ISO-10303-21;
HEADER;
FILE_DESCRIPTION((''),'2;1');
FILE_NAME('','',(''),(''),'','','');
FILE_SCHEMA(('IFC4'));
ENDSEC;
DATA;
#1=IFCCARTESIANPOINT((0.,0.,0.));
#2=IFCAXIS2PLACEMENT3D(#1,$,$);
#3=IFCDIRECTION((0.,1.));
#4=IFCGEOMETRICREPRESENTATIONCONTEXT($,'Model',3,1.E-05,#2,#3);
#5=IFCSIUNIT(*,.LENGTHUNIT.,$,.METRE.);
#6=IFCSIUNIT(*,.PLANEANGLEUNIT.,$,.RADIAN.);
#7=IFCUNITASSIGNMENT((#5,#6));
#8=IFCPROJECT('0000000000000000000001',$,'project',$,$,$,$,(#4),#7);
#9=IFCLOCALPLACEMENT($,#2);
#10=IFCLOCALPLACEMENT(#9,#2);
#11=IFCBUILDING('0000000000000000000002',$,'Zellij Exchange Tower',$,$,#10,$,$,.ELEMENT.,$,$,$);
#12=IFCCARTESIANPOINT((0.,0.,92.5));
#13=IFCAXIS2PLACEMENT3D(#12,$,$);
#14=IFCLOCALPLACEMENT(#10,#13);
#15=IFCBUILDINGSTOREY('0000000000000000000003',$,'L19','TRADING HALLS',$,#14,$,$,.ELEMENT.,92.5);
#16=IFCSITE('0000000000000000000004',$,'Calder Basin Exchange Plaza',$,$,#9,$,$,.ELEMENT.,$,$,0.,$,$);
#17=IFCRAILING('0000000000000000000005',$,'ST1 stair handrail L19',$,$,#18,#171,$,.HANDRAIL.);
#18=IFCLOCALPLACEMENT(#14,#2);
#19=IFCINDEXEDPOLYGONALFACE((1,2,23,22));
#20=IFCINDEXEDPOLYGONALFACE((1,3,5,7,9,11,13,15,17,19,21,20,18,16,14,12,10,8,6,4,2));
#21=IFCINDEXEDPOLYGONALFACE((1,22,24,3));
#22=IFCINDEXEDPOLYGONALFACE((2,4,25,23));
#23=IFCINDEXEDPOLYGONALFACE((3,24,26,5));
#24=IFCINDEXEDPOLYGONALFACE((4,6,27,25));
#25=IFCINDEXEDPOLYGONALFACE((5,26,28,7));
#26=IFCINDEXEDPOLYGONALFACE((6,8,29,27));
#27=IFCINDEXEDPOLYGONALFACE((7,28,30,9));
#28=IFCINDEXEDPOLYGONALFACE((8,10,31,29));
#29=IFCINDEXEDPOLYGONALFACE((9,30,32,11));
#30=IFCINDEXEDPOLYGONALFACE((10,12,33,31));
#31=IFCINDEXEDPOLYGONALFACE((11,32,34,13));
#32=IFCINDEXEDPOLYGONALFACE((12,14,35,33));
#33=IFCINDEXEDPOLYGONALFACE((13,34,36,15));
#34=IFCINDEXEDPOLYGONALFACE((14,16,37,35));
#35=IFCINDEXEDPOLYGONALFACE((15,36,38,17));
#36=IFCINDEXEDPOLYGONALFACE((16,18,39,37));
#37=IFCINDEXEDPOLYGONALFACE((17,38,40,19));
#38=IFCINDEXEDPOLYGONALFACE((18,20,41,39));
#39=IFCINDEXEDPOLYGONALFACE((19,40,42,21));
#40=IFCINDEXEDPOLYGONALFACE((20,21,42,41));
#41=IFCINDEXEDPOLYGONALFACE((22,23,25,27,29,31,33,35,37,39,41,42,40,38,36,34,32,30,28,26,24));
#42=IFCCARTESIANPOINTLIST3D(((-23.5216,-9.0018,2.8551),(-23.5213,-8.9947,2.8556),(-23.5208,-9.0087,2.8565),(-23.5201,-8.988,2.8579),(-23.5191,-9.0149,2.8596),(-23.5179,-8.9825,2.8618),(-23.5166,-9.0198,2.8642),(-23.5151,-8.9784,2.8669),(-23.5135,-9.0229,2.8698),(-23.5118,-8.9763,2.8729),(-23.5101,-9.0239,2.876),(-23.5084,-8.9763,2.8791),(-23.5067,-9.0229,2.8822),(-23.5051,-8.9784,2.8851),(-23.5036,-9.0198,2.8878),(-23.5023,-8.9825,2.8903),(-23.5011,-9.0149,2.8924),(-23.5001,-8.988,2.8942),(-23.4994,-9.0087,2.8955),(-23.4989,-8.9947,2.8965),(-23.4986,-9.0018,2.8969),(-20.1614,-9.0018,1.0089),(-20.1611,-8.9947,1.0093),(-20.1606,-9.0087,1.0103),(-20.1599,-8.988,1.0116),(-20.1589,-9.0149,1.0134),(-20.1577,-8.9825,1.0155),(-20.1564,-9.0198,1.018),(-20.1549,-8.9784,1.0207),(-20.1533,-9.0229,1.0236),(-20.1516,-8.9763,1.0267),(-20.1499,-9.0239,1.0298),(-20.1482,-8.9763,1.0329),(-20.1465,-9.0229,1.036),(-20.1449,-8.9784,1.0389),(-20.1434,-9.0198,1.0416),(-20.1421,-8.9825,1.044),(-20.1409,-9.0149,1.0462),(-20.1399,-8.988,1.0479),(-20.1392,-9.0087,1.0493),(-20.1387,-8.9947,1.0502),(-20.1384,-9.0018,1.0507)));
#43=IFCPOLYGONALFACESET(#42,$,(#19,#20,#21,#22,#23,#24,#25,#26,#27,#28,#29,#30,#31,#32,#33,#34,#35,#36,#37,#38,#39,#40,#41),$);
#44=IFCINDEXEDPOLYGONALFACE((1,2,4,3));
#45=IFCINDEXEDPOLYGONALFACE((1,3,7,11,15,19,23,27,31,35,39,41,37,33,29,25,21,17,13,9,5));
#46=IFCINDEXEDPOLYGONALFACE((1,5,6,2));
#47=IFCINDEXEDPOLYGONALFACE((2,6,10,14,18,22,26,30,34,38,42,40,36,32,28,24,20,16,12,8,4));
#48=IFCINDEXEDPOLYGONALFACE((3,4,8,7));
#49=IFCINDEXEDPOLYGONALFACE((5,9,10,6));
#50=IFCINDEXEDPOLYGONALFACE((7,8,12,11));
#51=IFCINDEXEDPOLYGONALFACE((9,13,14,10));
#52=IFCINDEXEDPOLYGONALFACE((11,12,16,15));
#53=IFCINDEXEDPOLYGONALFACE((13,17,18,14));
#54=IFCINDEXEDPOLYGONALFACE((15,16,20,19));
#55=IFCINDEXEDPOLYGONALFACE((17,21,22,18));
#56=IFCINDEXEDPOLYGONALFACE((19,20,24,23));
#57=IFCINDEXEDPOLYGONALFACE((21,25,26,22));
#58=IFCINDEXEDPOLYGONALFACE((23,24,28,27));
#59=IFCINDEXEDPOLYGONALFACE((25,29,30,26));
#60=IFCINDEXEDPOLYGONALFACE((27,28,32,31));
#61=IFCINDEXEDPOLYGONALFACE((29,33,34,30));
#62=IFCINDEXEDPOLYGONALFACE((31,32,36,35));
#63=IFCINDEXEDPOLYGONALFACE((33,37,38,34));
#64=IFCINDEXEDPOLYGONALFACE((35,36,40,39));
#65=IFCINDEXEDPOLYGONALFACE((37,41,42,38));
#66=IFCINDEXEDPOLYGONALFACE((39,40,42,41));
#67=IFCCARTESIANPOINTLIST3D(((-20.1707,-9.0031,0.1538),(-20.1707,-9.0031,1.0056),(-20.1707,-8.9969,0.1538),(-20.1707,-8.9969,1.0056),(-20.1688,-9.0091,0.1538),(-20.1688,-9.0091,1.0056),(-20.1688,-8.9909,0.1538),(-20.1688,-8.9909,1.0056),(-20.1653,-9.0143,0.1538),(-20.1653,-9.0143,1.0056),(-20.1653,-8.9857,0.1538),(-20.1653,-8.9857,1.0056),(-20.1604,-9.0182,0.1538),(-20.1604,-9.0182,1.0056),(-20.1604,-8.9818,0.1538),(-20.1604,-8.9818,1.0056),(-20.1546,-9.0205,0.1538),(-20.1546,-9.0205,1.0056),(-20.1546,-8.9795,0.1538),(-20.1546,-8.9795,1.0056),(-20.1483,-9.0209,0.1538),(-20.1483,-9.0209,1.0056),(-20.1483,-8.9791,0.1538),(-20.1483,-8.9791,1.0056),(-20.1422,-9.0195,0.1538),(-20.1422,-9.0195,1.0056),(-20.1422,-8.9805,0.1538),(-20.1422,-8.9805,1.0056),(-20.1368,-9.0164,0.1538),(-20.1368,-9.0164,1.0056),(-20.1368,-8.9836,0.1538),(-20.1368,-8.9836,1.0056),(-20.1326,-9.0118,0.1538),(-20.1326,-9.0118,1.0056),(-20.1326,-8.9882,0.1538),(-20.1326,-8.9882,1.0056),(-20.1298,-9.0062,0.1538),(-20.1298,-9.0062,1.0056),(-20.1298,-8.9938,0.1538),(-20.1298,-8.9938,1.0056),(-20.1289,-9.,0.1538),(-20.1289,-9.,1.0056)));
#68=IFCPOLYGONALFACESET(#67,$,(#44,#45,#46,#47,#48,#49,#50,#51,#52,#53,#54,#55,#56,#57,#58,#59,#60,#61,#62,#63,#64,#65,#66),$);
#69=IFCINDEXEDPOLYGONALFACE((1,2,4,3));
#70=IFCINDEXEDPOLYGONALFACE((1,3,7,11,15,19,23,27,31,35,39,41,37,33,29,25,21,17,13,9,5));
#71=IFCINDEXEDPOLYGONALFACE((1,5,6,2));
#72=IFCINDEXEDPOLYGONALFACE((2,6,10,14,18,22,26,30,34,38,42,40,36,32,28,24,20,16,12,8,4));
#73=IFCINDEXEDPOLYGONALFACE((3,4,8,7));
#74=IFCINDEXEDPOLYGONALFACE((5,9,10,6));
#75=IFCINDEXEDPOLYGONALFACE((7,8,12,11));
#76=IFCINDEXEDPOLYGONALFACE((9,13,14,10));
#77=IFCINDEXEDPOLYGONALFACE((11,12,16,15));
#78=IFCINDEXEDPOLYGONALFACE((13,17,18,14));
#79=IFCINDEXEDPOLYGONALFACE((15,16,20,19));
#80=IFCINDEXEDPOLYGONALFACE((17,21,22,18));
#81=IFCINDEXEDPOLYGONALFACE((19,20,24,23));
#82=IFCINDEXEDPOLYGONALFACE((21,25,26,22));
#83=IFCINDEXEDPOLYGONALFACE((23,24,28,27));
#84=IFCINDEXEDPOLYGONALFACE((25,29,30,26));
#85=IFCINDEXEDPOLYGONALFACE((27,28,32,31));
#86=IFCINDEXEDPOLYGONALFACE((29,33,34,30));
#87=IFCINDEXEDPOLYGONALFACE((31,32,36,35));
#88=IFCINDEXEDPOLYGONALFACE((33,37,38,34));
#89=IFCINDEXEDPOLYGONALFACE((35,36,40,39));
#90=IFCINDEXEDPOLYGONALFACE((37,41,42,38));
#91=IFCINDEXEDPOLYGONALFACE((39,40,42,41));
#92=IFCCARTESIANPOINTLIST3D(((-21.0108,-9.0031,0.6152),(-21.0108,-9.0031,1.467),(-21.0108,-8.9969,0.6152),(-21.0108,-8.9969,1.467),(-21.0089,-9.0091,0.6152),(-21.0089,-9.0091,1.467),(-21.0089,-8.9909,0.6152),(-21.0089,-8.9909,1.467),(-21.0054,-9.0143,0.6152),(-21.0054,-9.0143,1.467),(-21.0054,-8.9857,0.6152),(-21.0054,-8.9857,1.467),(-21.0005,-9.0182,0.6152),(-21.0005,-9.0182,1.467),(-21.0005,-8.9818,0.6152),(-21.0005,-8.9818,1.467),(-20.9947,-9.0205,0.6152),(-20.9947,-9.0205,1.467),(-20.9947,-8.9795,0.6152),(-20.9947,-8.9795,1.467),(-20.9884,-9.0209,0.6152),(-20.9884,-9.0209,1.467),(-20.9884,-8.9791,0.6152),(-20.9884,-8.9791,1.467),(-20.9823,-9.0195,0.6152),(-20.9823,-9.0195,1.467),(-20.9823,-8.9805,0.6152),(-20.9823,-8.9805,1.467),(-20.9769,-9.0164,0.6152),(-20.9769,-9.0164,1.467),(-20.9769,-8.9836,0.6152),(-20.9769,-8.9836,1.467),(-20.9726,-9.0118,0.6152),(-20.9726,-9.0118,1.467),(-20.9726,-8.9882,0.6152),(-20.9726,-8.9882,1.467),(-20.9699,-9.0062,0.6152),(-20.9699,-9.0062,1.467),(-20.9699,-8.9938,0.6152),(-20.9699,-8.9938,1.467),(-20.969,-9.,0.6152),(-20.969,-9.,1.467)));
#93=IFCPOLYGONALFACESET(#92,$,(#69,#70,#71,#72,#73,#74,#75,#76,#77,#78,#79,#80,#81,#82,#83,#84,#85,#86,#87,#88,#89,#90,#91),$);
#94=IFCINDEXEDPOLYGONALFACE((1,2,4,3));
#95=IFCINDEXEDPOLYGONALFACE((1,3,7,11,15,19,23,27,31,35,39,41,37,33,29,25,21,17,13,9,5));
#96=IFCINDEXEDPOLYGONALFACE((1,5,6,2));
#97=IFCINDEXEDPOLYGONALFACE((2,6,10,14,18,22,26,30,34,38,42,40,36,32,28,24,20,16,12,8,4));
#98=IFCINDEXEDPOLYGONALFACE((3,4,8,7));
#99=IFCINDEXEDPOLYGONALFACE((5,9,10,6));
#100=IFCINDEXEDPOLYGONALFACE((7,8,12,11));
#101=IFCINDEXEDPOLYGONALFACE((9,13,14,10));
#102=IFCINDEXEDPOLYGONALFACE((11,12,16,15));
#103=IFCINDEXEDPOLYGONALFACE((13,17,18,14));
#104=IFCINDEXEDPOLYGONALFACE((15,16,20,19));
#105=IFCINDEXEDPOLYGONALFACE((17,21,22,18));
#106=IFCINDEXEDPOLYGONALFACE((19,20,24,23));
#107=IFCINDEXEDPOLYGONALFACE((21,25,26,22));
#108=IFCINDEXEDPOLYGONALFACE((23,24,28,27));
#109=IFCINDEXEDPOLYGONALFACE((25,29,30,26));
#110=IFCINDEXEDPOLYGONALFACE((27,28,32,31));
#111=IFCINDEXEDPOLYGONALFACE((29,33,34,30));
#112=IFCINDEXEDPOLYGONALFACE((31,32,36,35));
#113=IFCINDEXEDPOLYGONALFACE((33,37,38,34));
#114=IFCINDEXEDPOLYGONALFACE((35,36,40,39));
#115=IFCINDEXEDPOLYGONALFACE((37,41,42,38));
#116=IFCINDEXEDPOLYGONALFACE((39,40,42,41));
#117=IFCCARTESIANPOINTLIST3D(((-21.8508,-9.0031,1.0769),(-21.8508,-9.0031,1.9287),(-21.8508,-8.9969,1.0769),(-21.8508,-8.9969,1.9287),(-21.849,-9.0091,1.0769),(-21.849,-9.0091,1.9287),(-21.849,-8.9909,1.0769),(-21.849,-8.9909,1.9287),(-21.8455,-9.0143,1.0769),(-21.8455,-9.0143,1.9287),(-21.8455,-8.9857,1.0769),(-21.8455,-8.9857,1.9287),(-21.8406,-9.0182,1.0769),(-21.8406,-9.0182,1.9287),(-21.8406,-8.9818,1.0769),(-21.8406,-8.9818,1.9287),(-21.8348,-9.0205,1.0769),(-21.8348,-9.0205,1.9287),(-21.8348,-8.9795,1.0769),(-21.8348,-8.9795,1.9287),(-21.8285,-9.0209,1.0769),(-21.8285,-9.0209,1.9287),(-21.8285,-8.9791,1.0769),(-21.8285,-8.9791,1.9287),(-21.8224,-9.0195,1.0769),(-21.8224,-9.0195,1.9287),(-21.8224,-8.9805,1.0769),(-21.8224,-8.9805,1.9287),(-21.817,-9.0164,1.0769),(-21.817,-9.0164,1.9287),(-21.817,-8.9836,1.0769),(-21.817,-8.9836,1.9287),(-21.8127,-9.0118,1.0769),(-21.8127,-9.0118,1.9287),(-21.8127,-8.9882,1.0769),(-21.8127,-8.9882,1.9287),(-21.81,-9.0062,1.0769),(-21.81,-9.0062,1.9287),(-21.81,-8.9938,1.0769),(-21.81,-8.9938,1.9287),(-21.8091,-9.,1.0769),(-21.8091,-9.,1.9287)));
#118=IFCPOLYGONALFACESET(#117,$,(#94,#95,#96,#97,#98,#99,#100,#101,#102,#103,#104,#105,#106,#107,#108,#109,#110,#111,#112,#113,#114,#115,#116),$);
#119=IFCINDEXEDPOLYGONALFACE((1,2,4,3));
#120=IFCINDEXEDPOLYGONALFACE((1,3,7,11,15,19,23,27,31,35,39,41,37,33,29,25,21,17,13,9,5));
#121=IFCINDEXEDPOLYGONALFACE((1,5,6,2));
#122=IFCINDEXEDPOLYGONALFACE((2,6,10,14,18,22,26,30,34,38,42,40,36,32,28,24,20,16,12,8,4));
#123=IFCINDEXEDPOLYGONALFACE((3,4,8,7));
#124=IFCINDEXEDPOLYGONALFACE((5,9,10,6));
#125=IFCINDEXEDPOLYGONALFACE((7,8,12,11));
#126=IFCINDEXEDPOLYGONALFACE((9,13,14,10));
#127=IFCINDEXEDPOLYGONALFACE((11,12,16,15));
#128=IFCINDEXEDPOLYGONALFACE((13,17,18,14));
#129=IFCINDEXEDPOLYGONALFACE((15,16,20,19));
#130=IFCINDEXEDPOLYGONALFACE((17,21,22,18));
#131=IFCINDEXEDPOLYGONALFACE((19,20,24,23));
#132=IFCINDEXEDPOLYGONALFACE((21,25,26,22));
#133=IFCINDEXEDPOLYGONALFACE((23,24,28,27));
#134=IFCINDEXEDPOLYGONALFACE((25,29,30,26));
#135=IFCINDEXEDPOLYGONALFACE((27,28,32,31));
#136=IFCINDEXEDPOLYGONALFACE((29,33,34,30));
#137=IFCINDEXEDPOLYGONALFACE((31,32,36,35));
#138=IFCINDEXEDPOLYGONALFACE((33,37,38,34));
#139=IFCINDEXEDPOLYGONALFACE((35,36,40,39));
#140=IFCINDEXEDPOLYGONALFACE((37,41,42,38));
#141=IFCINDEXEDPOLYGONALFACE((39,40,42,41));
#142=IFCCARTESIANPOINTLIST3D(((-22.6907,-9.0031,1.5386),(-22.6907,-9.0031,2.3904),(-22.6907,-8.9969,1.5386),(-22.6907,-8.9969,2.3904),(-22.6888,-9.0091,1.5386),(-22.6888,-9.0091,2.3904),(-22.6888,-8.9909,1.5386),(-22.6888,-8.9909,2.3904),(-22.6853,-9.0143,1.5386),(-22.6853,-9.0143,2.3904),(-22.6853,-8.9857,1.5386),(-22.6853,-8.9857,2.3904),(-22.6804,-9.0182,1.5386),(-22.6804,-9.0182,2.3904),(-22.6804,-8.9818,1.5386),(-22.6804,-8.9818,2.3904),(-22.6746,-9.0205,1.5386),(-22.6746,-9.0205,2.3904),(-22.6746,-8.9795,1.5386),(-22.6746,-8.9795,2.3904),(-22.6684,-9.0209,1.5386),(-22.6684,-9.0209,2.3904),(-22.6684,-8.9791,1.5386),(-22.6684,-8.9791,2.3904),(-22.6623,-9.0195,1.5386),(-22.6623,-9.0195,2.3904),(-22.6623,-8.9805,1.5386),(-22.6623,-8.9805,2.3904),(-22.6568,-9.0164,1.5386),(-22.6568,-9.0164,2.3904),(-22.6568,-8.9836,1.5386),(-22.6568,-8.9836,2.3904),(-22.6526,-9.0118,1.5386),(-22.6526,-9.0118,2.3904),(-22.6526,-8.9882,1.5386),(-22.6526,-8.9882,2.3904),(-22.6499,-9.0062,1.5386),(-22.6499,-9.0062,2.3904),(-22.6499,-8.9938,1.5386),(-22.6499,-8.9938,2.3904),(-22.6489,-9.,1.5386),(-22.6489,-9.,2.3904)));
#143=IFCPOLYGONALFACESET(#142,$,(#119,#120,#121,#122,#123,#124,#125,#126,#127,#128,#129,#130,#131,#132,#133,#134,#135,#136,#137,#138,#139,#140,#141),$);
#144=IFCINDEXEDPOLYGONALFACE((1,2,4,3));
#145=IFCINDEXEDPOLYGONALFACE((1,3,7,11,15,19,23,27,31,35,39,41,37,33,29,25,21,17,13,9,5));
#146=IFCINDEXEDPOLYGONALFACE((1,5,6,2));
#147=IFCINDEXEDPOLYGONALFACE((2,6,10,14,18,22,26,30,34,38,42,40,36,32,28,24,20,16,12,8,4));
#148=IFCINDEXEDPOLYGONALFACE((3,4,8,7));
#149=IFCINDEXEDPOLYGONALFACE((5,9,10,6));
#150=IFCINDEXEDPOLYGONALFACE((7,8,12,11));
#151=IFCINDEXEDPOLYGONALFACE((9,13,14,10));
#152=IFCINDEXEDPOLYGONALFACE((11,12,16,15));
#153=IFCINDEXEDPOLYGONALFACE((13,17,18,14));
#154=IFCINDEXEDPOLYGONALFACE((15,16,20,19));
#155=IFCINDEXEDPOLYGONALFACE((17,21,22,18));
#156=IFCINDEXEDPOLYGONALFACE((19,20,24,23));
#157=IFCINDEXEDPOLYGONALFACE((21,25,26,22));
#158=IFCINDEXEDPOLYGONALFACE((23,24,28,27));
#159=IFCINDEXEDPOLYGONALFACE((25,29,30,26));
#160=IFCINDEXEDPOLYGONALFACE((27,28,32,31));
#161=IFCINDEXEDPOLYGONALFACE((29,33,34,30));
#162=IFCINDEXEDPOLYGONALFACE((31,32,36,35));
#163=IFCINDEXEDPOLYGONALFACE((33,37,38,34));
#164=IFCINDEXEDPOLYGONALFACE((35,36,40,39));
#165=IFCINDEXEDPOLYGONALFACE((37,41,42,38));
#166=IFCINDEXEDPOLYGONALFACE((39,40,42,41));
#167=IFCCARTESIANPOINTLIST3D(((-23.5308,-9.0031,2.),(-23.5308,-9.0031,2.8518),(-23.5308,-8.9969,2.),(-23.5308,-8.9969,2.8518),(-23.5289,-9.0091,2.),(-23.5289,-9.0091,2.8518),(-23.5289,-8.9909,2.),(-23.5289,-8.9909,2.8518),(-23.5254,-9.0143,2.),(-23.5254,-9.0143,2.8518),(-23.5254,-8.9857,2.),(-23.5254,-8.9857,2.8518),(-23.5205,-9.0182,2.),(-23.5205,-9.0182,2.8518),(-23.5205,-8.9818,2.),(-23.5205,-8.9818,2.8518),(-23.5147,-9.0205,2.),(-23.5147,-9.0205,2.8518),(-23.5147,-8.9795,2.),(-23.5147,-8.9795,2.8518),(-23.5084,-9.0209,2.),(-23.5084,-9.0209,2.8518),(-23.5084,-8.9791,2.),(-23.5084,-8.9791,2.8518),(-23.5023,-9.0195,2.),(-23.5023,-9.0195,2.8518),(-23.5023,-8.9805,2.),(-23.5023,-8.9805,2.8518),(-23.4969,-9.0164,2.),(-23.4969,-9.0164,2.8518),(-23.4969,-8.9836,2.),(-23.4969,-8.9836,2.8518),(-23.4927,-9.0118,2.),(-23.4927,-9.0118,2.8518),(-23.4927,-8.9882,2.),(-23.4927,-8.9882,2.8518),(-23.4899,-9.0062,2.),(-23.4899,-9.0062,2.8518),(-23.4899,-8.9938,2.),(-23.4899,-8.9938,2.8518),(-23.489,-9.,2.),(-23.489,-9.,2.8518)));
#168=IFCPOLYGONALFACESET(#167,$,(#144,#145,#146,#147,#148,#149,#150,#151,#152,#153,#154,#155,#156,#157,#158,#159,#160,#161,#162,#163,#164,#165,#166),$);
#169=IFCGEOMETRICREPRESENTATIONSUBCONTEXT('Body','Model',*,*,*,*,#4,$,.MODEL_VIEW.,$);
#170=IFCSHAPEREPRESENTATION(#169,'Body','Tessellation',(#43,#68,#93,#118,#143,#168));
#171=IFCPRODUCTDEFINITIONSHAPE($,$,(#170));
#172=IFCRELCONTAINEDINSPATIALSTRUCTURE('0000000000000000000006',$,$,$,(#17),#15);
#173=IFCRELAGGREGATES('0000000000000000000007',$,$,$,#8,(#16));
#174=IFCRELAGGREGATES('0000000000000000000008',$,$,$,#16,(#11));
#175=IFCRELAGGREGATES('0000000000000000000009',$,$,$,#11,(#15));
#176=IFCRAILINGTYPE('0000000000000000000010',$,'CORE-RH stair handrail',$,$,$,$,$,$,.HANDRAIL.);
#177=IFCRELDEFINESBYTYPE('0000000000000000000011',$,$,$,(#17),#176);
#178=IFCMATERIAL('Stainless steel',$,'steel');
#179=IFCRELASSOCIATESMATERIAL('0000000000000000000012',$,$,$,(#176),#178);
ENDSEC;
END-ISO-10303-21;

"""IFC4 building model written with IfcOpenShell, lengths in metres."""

from ifc_helpers import new_model, si_unit, direction, frame, origin, origin_2d, place, context, subcontext, project, spatial, circle, extrude, material, type_object, element, save


model = new_model("IFC4")

# Units and contexts
model_context = context("Model", 3, precision=1e-05, world=origin(), true_north=direction((0.0, 1.0)))
body_context = subcontext(model_context, "Body", "Model", "MODEL_VIEW")
ifc_project = project(units=[si_unit("LENGTHUNIT", "METRE"), si_unit("PLANEANGLEUNIT", "RADIAN")], contexts=[model_context])

# Site, building, storey
site_placement = place(None, origin())
site = spatial("IfcSite", under=ifc_project, at=site_placement, Name="Calder Basin Exchange Plaza", CompositionType="ELEMENT", RefElevation=0.0)
building_placement = place(site_placement, origin())
building = spatial("IfcBuilding", under=site, at=building_placement, Name="Zellij Exchange Tower", CompositionType="ELEMENT")
storey_placement = place(building_placement, frame((0.0, 0.0, 92.5)))
storey = spatial("IfcBuildingStorey", under=building, at=storey_placement, Name="L19", Description="TRADING HALLS", CompositionType="ELEMENT", Elevation=92.5)

# Railing
ifc_material_1 = material(Name="Stainless steel", Category="steel")
railing_type = type_object("IfcRailingType", Name="CORE-RH stair handrail", PredefinedType="HANDRAIL", material=ifc_material_1)
railing_1_placement = place(storey_placement, frame((-20.1499, -9.0, 0.1538)))
element("IfcRailing", 1, at=railing_1_placement, inside=storey, type_object=railing_type, Name="ST1 stair handrail L19", PredefinedType="HANDRAIL", context=body_context, shape_type="SweptSolid", body=[
    extrude(circle(Radius=0.0239, at=origin_2d()), frame((0.0, 0.0, 0.876), z_axis=(-0.876422, 0.0, 0.481545), x_axis=(0.0, -1.0, 0.0)), (0.0, 0.0, 1.0), 3.834),
    extrude(circle(Radius=0.021, at=origin_2d()), origin(), (0.0, 0.0, 1.0), 0.8518),
    extrude(circle(Radius=0.021, at=origin_2d()), frame((-0.8401, 0.0, 0.4614)), (0.0, 0.0, 1.0), 0.8518),
    extrude(circle(Radius=0.021, at=origin_2d()), frame((-1.6802, 0.0, 0.9231)), (0.0, 0.0, 1.0), 0.8518),
    extrude(circle(Radius=0.021, at=origin_2d()), frame((-2.52, 0.0, 1.3848)), (0.0, 0.0, 1.0), 0.8518),
    extrude(circle(Radius=0.021, at=origin_2d()), frame((-3.3601, 0.0, 1.8462)), (0.0, 0.0, 1.0), 0.8518),
])

save(model, "model.ifc")
